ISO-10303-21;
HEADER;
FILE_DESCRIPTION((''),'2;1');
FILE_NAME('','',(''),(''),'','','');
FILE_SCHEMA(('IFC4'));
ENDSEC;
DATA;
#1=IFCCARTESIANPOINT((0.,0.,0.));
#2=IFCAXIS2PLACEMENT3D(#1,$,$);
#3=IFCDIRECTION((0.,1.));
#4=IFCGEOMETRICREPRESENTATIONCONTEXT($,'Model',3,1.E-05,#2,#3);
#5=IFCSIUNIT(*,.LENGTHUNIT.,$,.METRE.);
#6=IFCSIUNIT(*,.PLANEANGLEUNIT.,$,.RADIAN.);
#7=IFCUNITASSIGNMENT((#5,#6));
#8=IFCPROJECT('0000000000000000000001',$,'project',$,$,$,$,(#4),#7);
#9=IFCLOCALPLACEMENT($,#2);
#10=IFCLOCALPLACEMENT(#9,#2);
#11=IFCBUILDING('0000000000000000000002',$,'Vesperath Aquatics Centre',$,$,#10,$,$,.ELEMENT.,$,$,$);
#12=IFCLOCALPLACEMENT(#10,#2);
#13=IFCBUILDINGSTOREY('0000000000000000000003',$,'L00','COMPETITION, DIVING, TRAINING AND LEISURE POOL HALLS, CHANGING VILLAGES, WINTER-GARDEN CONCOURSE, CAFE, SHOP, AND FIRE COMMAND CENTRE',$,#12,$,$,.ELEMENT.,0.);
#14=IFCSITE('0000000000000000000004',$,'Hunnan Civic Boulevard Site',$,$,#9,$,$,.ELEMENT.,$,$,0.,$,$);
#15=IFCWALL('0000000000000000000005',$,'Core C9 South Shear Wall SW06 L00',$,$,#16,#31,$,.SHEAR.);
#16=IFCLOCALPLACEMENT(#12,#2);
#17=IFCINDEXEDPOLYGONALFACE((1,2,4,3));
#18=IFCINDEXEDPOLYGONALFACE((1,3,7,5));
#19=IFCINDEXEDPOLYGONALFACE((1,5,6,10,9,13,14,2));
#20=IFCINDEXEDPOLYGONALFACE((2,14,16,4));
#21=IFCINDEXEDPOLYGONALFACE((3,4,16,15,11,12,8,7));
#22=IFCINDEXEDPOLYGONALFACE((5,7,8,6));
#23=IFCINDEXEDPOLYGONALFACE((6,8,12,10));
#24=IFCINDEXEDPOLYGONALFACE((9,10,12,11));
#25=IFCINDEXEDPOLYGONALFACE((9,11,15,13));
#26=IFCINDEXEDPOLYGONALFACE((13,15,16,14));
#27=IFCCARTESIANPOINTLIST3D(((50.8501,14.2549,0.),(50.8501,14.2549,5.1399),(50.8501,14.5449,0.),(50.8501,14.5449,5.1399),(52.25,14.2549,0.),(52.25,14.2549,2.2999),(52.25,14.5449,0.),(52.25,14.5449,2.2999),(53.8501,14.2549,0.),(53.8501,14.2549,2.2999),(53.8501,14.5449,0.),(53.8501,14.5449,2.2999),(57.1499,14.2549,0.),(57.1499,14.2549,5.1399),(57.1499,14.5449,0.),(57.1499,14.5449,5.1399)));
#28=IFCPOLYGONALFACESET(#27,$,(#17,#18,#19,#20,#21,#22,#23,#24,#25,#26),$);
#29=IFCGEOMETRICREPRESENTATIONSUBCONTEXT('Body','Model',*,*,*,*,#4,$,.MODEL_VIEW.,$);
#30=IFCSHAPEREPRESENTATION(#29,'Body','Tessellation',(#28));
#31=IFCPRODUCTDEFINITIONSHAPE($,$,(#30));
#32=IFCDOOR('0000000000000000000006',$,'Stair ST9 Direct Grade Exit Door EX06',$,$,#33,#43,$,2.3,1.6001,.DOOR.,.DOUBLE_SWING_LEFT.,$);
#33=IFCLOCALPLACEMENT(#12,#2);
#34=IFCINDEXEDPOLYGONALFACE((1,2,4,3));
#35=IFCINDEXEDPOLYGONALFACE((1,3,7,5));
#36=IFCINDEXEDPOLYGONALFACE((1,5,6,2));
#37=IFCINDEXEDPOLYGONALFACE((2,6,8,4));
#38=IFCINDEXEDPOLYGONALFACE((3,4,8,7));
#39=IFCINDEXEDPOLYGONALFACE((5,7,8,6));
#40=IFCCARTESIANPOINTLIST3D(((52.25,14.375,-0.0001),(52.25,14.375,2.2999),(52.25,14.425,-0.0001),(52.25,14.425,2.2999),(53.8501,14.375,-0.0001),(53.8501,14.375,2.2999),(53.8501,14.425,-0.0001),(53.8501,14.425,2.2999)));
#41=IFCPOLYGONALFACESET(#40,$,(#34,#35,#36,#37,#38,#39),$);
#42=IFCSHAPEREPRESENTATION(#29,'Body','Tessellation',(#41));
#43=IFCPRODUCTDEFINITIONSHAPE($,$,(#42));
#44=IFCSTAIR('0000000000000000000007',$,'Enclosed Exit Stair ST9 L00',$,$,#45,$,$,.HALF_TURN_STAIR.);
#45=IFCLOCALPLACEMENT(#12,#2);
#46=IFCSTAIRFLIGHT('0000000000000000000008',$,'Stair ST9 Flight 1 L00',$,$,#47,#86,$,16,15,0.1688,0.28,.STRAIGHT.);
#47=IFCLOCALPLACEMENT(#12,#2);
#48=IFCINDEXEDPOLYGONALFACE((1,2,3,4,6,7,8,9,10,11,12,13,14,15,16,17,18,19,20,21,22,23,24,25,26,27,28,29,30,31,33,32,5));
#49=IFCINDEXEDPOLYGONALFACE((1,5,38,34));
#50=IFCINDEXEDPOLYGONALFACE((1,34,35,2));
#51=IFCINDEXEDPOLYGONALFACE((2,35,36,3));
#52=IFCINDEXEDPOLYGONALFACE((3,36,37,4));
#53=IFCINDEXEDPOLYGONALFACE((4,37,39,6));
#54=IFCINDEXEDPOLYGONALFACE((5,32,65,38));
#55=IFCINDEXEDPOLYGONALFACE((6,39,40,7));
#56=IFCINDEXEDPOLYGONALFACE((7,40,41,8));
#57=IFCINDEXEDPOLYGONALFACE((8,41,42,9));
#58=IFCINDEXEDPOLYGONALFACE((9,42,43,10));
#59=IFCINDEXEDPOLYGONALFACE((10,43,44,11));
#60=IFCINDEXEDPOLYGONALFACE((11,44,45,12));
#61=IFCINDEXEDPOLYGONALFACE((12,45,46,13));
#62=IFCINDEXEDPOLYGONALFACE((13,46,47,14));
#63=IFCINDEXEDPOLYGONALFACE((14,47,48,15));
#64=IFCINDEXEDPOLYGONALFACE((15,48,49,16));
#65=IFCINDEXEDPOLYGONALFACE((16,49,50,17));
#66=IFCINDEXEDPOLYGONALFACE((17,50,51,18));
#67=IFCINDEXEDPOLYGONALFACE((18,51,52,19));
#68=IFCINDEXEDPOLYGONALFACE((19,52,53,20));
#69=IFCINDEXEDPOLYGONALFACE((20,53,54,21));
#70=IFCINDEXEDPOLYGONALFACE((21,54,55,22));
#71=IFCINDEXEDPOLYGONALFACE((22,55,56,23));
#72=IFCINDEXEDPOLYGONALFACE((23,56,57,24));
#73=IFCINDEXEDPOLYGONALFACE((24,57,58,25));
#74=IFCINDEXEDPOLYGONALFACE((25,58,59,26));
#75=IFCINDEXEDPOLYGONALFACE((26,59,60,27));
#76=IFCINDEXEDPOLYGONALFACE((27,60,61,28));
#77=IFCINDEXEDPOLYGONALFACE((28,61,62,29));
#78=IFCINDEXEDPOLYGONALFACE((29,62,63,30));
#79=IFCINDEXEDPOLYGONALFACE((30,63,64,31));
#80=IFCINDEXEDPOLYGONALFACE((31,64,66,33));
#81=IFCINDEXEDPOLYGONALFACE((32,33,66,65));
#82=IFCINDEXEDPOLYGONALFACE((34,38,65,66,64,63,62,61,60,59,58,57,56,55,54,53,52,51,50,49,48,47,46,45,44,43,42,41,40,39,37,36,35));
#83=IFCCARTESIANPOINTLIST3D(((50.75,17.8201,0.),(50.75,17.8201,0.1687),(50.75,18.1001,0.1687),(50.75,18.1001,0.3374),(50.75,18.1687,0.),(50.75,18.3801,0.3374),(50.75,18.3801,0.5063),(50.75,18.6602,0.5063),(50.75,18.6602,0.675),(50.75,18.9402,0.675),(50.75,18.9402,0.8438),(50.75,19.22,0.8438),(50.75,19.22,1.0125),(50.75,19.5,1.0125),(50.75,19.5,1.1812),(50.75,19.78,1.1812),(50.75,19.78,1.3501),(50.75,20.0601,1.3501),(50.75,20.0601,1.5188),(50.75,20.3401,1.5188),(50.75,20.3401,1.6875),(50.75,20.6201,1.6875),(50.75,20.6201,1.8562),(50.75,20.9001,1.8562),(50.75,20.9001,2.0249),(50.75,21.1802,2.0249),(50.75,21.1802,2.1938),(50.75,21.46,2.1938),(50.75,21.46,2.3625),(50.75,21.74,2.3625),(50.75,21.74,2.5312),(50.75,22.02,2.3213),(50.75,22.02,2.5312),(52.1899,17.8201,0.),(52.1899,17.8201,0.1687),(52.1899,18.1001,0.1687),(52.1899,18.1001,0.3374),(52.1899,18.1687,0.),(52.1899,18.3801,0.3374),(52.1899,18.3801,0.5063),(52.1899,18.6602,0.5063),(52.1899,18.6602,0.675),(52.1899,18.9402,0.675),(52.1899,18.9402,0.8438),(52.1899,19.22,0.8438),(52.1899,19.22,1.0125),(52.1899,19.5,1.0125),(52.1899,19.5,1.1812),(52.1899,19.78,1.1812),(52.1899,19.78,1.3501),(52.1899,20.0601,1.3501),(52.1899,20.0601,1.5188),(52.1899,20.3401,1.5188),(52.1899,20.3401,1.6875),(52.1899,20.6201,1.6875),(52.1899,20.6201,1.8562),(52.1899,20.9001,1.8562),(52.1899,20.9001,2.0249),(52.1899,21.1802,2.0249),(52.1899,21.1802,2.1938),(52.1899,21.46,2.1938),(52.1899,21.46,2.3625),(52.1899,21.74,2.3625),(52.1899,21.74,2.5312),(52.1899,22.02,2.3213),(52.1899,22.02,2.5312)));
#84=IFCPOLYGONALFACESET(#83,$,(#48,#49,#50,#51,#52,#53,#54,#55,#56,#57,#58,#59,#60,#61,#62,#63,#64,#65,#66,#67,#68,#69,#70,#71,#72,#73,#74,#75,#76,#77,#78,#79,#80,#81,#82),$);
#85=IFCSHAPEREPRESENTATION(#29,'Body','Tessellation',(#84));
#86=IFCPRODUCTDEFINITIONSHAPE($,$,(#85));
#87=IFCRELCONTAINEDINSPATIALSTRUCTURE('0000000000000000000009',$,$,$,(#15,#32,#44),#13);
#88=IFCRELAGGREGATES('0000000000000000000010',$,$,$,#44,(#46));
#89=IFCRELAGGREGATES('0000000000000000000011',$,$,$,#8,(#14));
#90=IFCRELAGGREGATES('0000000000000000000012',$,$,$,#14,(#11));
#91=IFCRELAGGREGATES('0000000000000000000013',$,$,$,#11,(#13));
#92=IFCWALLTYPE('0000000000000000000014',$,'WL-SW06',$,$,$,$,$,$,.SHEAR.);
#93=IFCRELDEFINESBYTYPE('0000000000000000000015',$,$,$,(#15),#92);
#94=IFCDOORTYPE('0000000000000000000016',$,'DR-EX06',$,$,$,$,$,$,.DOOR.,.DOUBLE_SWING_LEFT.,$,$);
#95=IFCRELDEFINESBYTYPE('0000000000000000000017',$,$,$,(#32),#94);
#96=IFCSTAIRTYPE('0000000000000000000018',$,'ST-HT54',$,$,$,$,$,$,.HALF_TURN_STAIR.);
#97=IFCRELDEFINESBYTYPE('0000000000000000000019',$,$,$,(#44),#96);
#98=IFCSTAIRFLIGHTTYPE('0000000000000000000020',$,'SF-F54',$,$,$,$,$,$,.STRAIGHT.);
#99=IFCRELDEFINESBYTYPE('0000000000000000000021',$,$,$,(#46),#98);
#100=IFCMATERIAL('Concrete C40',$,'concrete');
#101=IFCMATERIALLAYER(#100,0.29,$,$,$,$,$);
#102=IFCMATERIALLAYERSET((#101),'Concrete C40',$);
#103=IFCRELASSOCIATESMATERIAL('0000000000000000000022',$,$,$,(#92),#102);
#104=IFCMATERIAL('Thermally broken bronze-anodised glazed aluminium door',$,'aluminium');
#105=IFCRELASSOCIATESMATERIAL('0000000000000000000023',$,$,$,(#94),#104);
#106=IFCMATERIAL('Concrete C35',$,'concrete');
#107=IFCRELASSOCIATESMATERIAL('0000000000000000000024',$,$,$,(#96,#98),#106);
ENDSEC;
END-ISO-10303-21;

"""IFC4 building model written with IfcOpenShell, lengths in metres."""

from ifc_helpers import new_model, si_unit, direction, frame, frame_2d, origin, place, context, subcontext, project, spatial, polyline, rectangle, outline, extrude, material, layer, layer_set, type_object, element, fill, aggregate, save


model = new_model("IFC4")

# Units and contexts
model_context = context("Model", 3, precision=1e-05, world=origin(), true_north=direction((0.0, 1.0)))
body_context = subcontext(model_context, "Body", "Model", "MODEL_VIEW")
ifc_project = project(units=[si_unit("LENGTHUNIT", "METRE"), si_unit("PLANEANGLEUNIT", "RADIAN")], contexts=[model_context])

# Site, building, storey
site_placement = place(None, origin())
site = spatial("IfcSite", under=ifc_project, at=site_placement, Name="Hunnan Civic Boulevard Site", CompositionType="ELEMENT", RefElevation=0.0)
building_placement = place(site_placement, origin())
building = spatial("IfcBuilding", under=site, at=building_placement, Name="Vesperath Aquatics Centre", CompositionType="ELEMENT")
storey_placement = place(building_placement, origin())
storey = spatial("IfcBuildingStorey", under=building, at=storey_placement, Name="L00", Description="COMPETITION, DIVING, TRAINING AND LEISURE POOL HALLS, CHANGING VILLAGES, WINTER-GARDEN CONCOURSE, CAFE, SHOP, AND FIRE COMMAND CENTRE", CompositionType="ELEMENT", Elevation=0.0)

# Shared definitions
ifc_material_1 = material(Name="Concrete C40", Category="concrete")

# Shared definitions
ifc_material_2 = material(Name="Concrete C35", Category="concrete")

# Wall, opening, door
ifc_layer_1 = layer(ifc_material_1, 0.29)
ifc_layer_set_1 = layer_set([ifc_layer_1], Name="Concrete C40")
wall_type_1 = type_object("IfcWallType", Name="WL-SW06", PredefinedType="SHEAR", material=ifc_layer_set_1)
wall_1_placement = place(storey_placement, frame((50.8501, 14.3999, 0.0), z_axis=(0.0, 0.0, 1.0), x_axis=(1.0, 0.0, 0.0)))
wall_1 = element("IfcWall", 1, at=wall_1_placement, inside=storey, type_object=wall_type_1, Name="Core C9 South Shear Wall SW06 L00", PredefinedType="SHEAR", context=body_context, shape_type="SweptSolid", body=[
    extrude(rectangle(XDim=6.2998, YDim=0.29, at=frame_2d((3.1499, 0.0))), origin(), (0.0, 0.0, 1.0), 5.1399),
])
opening_1_placement = place(wall_1_placement, frame((1.3999, 0.0, 0.0)))
opening_1 = element("IfcOpeningElement", 2, at=opening_1_placement, cuts=wall_1, PredefinedType="OPENING", context=body_context, shape_type="SweptSolid", body=[
    extrude(rectangle(XDim=1.6001, YDim=2.3, at=frame_2d((0.8, 1.1499))), frame((0.0, 0.1599, 0.0), z_axis=(0.0, -1.0, 0.0), x_axis=(1.0, 0.0, 0.0)), (0.0, 0.0, 1.0), 0.3198),
])
ifc_material_3 = material(Name="Thermally broken bronze-anodised glazed aluminium door", Category="aluminium")
door_type_1 = type_object("IfcDoorType", Name="DR-EX06", OperationType="DOUBLE_SWING_LEFT", PredefinedType="DOOR", material=ifc_material_3)
door_1_placement = place(opening_1_placement, frame((1.6001, 0.0, 0.0), z_axis=(0.0, 0.0, 1.0), x_axis=(-1.0, 0.0, 0.0)))
door_1 = element("IfcDoor", 3, at=door_1_placement, inside=storey, type_object=door_type_1, Name="Stair ST9 Direct Grade Exit Door EX06", OperationType="DOUBLE_SWING_LEFT", OverallHeight=2.3, OverallWidth=1.6001, PredefinedType="DOOR", context=body_context, shape_type="SweptSolid", body=[
    extrude(rectangle(XDim=1.6001, YDim=2.3, at=frame_2d((0.8, 1.1499))), frame((0.0, 0.0249, 0.0), z_axis=(0.0, -1.0, 0.0), x_axis=(1.0, 0.0, 0.0)), (0.0, 0.0, 1.0), 0.05),
])
fill(opening_1, door_1)

# Stair, stair flight
stair_type = type_object("IfcStairType", Name="ST-HT54", PredefinedType="HALF_TURN_STAIR", material=ifc_material_2)
stair_placement = place(storey_placement, origin())
stair = element("IfcStair", 4, at=stair_placement, inside=storey, type_object=stair_type, Name="Enclosed Exit Stair ST9 L00", PredefinedType="HALF_TURN_STAIR")
stair_flight_type = type_object("IfcStairFlightType", Name="SF-F54", PredefinedType="STRAIGHT", material=ifc_material_2)
stair_flight_placement = place(storey_placement, frame((51.47, 17.8201, 0.0), z_axis=(0.0, 0.0, 1.0), x_axis=(0.0, 1.0, 0.0)))
stair_flight = element("IfcStairFlight", 5, at=stair_flight_placement, type_object=stair_flight_type, Name="Stair ST9 Flight 1 L00", NumberOfRisers=16, NumberOfTreads=15, PredefinedType="STRAIGHT", RiserHeight=0.1688, TreadLength=0.28, context=body_context, shape_type="SweptSolid", body=[
    extrude(outline(polyline([(0.0, 0.0), (0.0, 0.1687), (0.28, 0.1687), (0.28, 0.3374), (0.5601, 0.3374), (0.5601, 0.5063), (0.8401, 0.5063), (0.8401, 0.675), (1.1201, 0.675), (1.1201, 0.8438), (1.3999, 0.8438), (1.3999, 1.0125), (1.6799, 1.0125), (1.6799, 1.1812), (1.96, 1.1812), (1.96, 1.3501), (2.24, 1.3501), (2.24, 1.5188), (2.52, 1.5188), (2.52, 1.6875), (2.8, 1.6875), (2.8, 1.8562), (3.0801, 1.8562), (3.0801, 2.0249), (3.3601, 2.0249), (3.3601, 2.1938), (3.6399, 2.1938), (3.6399, 2.3625), (3.9199, 2.3625), (3.9199, 2.5312), (4.2, 2.5312), (4.2, 2.7), (4.2, 2.3213), (0.3486, 0.0), (0.0, 0.0)])), frame((0.0, 0.72, 0.0), z_axis=(0.0, -1.0, 0.0), x_axis=(1.0, 0.0, 0.0)), (0.0, 0.0, 1.0), 1.4399),
])
aggregate(stair, [stair_flight])

save(model, "model.ifc")
